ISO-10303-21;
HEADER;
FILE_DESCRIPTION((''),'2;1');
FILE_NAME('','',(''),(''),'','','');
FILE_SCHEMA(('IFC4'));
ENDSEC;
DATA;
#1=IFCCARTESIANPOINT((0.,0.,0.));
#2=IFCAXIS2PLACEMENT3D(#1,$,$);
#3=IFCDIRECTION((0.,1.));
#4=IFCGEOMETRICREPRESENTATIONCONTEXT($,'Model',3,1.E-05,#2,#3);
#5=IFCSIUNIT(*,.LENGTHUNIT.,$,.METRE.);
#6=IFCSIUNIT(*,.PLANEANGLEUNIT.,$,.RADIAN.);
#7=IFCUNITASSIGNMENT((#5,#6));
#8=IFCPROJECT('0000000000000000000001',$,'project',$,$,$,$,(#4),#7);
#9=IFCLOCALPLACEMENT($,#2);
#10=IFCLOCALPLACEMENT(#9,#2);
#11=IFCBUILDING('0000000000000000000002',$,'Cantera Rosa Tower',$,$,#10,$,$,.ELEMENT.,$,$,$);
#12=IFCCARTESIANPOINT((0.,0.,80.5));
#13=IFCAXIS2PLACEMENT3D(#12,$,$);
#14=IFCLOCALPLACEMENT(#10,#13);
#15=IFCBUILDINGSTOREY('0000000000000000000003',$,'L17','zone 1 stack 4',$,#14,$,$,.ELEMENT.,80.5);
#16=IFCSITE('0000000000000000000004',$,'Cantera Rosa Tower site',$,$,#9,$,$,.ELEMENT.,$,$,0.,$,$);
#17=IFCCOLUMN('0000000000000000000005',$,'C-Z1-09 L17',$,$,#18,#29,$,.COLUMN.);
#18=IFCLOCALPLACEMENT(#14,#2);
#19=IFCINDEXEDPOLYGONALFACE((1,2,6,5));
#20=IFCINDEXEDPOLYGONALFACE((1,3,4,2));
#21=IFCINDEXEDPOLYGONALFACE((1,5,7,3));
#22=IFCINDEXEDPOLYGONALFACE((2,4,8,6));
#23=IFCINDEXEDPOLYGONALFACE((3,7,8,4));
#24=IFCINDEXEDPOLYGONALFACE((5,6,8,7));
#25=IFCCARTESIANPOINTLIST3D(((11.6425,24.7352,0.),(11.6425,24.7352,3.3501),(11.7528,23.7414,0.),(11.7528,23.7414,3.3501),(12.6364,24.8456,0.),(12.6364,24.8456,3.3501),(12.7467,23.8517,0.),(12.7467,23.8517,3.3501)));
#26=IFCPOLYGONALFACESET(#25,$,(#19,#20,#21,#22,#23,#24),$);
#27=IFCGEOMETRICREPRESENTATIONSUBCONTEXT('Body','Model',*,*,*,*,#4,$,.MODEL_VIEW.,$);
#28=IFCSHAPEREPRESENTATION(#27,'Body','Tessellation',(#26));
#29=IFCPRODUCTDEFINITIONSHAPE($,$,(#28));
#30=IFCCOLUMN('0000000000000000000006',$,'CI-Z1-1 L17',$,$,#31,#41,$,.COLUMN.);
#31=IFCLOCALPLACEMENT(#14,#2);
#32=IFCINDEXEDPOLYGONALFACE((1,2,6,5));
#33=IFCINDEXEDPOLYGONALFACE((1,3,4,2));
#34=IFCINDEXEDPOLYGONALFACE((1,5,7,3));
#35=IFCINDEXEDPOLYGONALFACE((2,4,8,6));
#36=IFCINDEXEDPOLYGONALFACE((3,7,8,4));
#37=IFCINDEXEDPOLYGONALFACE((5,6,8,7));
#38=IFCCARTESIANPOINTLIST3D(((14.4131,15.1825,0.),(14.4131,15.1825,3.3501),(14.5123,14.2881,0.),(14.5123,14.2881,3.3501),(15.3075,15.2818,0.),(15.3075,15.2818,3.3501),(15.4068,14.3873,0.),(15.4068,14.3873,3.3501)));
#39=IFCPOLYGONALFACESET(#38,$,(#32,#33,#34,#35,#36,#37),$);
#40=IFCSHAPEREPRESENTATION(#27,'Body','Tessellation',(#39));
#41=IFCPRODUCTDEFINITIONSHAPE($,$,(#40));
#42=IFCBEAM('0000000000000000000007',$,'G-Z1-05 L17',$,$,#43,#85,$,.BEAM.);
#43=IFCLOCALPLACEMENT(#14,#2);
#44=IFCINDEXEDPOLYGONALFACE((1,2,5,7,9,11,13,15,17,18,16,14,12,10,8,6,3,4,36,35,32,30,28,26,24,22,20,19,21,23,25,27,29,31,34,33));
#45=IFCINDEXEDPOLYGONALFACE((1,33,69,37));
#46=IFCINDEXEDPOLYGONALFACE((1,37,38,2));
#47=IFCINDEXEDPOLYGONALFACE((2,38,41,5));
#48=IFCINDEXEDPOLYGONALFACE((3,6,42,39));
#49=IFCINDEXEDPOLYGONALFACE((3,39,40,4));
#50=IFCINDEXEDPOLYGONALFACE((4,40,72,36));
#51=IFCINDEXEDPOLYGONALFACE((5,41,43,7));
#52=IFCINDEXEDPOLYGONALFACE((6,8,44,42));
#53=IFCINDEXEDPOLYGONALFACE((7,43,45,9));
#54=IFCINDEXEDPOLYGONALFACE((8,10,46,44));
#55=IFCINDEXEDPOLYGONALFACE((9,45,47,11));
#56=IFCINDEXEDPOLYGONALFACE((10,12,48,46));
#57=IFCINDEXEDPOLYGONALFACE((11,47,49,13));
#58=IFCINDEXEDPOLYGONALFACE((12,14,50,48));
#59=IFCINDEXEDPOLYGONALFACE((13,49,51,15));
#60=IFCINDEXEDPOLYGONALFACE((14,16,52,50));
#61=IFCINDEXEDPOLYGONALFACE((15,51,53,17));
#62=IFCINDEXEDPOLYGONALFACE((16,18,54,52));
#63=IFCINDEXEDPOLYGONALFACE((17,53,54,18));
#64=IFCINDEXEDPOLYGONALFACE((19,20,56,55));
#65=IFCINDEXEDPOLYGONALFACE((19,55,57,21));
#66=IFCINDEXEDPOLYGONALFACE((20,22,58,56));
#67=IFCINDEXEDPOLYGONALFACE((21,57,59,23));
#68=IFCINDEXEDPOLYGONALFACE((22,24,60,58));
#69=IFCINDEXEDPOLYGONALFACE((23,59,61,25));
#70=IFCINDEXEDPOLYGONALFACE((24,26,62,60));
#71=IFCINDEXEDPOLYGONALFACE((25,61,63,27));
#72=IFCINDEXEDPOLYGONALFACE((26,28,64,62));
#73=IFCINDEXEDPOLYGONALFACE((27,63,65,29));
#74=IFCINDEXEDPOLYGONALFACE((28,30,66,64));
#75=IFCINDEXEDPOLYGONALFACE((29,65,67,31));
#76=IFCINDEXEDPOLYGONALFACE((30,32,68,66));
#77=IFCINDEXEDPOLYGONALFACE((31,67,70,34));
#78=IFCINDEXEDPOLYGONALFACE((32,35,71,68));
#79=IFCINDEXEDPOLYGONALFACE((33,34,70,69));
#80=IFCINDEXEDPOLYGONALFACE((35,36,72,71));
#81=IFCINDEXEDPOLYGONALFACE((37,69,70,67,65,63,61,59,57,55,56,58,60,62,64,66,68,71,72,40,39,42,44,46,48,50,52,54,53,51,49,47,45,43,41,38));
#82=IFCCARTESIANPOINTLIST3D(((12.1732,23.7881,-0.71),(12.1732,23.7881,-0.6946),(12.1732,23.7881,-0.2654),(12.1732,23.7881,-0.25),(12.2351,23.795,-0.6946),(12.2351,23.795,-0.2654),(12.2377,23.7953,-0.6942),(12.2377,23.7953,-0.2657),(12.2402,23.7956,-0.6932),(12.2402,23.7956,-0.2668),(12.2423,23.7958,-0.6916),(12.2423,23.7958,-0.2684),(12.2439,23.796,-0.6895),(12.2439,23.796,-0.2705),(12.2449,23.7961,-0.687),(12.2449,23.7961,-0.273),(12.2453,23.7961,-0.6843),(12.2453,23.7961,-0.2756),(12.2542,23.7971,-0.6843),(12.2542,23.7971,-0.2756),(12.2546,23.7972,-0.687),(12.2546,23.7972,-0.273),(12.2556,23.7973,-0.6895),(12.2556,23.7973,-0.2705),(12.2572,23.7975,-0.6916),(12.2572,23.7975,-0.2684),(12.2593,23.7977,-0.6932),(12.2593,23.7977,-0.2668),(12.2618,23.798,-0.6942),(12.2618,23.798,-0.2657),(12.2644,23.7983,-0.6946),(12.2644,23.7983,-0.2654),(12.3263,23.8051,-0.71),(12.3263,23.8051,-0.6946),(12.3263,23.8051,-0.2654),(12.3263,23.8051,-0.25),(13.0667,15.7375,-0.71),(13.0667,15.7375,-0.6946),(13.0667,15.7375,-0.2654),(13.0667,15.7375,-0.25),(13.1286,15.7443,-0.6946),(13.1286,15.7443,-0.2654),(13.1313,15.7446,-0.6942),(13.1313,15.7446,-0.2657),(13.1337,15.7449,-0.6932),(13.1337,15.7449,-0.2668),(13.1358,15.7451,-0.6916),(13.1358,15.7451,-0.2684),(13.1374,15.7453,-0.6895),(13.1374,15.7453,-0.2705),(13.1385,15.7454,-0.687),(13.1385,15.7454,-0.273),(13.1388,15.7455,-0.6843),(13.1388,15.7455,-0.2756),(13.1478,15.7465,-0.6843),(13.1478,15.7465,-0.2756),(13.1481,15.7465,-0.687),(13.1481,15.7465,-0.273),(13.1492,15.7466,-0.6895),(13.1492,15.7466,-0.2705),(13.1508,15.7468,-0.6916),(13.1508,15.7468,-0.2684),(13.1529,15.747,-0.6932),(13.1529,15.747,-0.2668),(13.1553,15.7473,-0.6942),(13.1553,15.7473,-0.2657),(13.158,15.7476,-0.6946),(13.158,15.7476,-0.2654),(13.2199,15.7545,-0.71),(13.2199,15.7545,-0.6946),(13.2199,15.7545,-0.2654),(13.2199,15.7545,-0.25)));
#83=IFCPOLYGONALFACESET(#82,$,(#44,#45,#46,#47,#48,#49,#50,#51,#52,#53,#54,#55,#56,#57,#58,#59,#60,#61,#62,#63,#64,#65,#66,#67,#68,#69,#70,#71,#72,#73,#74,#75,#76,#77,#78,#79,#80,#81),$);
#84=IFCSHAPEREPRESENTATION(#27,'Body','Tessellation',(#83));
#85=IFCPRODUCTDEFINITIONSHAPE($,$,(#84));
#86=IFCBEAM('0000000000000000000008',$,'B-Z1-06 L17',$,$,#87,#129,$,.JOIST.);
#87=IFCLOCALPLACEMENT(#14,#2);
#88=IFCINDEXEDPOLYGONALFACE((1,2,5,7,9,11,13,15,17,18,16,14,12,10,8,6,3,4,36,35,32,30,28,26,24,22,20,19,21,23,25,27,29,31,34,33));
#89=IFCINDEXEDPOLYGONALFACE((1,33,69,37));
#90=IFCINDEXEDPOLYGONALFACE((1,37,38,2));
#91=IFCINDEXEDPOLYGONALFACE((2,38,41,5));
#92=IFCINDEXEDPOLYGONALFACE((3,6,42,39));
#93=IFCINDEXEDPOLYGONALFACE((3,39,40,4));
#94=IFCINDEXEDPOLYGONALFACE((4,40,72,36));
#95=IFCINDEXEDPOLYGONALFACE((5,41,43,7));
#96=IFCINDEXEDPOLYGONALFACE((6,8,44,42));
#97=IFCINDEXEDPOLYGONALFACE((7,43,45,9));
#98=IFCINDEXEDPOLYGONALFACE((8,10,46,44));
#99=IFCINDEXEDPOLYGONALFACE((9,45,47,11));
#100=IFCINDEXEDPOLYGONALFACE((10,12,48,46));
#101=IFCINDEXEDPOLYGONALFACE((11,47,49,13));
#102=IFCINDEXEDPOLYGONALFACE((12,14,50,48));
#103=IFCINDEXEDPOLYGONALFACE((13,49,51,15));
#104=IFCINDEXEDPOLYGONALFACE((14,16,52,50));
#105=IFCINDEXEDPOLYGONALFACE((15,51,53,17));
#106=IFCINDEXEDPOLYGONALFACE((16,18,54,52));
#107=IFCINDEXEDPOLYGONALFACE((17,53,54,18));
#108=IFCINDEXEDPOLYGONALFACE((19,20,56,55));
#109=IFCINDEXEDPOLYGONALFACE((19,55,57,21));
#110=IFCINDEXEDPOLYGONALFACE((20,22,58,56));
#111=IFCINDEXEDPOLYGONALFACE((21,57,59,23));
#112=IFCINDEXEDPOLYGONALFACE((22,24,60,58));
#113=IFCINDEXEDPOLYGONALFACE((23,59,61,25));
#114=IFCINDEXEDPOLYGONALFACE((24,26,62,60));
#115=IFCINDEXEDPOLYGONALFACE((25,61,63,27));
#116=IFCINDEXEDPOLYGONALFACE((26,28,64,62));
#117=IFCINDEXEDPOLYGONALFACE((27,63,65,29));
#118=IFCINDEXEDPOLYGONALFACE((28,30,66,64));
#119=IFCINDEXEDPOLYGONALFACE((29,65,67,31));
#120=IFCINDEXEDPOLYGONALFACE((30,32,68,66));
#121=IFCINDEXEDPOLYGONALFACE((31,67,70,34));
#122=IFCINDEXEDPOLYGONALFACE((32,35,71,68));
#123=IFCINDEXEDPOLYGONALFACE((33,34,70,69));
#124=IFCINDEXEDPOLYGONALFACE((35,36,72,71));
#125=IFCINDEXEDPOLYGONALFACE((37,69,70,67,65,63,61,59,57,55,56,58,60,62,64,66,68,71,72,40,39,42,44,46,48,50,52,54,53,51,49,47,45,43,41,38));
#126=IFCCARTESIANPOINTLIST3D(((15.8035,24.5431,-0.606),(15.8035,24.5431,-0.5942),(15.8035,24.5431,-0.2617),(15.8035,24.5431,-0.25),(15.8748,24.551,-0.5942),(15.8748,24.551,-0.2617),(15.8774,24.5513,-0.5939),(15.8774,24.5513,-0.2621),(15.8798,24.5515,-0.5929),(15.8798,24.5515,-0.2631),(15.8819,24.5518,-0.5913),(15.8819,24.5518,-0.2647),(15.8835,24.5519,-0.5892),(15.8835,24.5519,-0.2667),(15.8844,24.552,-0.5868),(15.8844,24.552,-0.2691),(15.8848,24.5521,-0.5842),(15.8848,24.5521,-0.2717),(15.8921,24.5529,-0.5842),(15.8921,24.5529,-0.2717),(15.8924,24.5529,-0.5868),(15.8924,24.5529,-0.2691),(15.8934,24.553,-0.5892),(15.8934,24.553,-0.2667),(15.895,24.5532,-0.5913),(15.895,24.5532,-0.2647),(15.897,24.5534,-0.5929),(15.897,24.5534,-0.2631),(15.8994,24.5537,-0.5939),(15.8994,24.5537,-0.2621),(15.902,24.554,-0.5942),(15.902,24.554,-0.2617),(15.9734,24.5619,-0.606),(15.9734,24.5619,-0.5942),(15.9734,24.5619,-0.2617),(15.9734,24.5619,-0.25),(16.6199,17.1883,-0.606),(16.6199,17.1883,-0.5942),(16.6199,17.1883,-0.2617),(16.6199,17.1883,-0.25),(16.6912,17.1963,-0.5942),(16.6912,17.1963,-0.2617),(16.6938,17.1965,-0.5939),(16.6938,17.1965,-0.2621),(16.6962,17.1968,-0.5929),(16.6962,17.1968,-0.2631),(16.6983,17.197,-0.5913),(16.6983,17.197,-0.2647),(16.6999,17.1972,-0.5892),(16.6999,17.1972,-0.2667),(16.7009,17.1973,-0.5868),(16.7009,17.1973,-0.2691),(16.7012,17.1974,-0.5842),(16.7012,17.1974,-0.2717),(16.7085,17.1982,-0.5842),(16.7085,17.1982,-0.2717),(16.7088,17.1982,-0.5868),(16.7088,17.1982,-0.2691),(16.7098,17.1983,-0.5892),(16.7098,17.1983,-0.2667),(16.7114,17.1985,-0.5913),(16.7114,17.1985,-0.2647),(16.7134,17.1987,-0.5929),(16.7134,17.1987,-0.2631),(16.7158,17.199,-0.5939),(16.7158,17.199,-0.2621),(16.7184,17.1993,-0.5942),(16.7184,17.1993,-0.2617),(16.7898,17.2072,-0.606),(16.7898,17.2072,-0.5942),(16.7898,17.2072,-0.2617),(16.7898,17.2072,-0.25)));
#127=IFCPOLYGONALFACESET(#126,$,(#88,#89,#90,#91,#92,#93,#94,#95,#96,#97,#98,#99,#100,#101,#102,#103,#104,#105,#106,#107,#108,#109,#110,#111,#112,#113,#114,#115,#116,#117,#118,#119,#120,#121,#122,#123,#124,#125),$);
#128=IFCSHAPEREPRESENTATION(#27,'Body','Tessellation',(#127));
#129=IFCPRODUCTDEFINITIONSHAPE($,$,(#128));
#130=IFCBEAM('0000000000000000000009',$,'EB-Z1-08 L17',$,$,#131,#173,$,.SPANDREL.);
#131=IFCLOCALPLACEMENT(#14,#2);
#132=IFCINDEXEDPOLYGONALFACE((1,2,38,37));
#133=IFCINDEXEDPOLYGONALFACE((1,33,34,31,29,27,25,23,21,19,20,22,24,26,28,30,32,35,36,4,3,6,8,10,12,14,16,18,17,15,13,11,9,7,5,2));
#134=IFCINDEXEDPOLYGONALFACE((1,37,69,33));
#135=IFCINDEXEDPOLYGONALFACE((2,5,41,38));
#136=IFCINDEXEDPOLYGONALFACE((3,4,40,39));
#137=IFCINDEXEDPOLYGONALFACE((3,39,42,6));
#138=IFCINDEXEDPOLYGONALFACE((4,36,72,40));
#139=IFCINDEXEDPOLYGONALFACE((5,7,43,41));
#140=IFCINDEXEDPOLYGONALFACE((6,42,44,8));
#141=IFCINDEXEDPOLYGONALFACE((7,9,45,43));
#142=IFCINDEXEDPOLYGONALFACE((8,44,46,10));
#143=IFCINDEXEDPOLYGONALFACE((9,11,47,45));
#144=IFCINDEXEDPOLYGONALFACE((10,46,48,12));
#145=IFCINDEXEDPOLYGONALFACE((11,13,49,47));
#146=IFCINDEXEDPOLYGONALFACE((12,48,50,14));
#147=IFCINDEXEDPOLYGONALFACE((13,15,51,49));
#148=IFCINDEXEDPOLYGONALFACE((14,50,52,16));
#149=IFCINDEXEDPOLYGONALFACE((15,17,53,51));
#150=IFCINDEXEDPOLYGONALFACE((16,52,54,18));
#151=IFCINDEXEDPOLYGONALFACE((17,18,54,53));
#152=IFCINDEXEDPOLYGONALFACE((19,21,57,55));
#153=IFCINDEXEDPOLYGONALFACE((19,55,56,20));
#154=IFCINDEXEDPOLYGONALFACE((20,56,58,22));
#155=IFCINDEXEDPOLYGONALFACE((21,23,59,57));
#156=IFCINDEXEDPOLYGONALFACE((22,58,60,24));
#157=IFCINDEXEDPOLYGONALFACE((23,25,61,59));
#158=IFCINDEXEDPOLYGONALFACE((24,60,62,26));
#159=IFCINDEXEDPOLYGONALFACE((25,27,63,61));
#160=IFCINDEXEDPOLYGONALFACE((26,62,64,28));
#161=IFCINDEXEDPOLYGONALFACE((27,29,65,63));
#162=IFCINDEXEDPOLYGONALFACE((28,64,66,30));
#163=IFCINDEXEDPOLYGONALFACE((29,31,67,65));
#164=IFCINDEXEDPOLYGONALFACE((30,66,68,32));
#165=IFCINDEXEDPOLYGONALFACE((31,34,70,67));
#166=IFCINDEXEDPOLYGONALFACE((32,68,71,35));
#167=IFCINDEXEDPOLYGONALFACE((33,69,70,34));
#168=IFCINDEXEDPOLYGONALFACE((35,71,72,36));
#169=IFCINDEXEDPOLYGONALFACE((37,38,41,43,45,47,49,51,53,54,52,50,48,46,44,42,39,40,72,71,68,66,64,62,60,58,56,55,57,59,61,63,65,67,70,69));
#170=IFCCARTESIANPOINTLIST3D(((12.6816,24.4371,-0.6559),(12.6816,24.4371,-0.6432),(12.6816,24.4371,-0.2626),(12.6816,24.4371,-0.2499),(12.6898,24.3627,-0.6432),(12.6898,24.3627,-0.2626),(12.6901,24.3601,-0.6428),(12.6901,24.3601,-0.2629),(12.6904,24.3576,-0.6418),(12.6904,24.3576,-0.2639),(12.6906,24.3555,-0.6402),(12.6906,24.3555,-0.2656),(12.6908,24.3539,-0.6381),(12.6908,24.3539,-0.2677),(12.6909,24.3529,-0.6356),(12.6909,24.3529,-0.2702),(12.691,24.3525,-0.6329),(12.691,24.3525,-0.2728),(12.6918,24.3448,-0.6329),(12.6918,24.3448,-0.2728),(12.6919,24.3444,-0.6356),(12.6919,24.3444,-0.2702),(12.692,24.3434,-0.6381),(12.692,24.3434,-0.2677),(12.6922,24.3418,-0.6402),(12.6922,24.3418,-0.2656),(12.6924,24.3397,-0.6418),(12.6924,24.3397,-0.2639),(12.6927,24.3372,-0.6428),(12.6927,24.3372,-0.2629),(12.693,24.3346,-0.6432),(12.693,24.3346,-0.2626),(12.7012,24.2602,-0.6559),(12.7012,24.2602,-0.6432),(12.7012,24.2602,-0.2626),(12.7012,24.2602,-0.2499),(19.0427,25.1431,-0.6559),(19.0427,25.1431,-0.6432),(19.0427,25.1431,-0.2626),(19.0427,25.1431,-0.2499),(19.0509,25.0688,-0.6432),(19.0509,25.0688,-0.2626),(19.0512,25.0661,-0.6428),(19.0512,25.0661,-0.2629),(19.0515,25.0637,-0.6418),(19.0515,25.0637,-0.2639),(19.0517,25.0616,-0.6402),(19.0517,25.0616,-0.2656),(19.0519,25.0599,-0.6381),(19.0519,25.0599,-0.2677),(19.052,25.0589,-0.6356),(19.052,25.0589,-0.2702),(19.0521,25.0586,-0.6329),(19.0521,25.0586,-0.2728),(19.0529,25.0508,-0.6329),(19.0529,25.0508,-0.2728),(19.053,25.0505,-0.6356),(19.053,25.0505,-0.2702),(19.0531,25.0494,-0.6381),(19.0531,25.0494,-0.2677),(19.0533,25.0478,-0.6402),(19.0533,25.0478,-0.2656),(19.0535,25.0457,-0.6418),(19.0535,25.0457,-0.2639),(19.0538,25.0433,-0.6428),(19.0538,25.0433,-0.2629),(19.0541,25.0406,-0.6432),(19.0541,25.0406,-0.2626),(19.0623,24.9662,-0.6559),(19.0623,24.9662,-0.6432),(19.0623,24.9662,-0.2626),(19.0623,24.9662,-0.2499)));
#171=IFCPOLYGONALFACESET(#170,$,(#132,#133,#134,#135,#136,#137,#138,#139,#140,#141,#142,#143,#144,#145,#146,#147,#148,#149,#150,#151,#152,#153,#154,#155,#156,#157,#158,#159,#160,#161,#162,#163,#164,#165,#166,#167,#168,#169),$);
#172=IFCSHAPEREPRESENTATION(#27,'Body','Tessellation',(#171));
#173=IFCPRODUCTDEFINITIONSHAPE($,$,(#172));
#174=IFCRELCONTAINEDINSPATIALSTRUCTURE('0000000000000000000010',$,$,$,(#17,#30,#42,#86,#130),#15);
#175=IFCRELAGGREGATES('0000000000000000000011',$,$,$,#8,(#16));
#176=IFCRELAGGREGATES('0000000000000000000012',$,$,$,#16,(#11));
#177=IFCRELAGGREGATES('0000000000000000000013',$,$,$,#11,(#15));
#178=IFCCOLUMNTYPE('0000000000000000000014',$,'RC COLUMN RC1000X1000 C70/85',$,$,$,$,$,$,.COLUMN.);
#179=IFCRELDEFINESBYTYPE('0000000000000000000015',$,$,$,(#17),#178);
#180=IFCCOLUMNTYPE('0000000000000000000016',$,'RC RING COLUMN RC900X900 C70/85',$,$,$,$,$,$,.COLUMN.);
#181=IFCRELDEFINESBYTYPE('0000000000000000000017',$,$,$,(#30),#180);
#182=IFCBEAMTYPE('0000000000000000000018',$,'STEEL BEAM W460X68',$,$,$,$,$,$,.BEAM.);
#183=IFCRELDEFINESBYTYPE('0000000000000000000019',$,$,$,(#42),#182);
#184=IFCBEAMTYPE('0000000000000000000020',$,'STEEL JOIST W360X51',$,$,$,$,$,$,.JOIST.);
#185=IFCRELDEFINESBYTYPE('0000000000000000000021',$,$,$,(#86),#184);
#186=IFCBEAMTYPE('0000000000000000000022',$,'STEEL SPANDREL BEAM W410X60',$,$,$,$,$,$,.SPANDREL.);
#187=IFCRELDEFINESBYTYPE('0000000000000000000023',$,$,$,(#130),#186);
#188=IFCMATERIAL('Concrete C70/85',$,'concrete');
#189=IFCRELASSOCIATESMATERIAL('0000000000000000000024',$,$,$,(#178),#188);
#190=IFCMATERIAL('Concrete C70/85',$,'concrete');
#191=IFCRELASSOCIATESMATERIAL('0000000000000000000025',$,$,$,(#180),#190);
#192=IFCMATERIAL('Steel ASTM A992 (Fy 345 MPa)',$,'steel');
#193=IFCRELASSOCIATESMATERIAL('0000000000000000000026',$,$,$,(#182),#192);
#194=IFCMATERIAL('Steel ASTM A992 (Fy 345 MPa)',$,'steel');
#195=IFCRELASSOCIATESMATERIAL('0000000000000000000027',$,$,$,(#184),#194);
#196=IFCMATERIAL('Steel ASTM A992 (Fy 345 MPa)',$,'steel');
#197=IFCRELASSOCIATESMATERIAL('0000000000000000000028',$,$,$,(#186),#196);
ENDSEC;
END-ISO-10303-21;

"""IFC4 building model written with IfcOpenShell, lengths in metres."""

from ifc_helpers import new_model, si_unit, direction, frame, origin, origin_2d, place, context, subcontext, project, spatial, rectangle, i_section, extrude, material, material_profile, profile_set, type_object, element, save


model = new_model("IFC4")

# Units and contexts
model_context = context("Model", 3, precision=1e-05, world=origin(), true_north=direction((0.0, 1.0)))
body_context = subcontext(model_context, "Body", "Model", "MODEL_VIEW")
ifc_project = project(units=[si_unit("LENGTHUNIT", "METRE"), si_unit("PLANEANGLEUNIT", "RADIAN")], contexts=[model_context])

# Site, building, storey
site_placement = place(None, origin())
site = spatial("IfcSite", under=ifc_project, at=site_placement, Name="Cantera Rosa Tower site", CompositionType="ELEMENT", RefElevation=0.0)
building_placement = place(site_placement, origin())
building = spatial("IfcBuilding", under=site, at=building_placement, Name="Cantera Rosa Tower", CompositionType="ELEMENT")
storey_placement = place(building_placement, frame((0.0, 0.0, 80.5)))
storey = spatial("IfcBuildingStorey", under=building, at=storey_placement, Name="L17", Description="zone 1 stack 4", CompositionType="ELEMENT", Elevation=80.5)

# Columns
ifc_material_1 = material(Name="Concrete C70/85", Category="concrete")
ifc_material_profile_1 = material_profile(ifc_material_1, rectangle(XDim=1.0, YDim=1.0, at=origin_2d()), Name="RC COLUMN RC1000X1000 C70/85")
ifc_profile_set_1 = profile_set([ifc_material_profile_1], Name="Concrete C70/85")
column_type_1 = type_object("IfcColumnType", Name="RC COLUMN RC1000X1000 C70/85", PredefinedType="COLUMN", material=ifc_profile_set_1)
column_1_placement = place(storey_placement, frame((12.1946, 24.2935, 0.0), z_axis=(0.0, 0.0, 1.0), x_axis=(0.993897, 0.110313, 0.0)))
element("IfcColumn", 1, at=column_1_placement, inside=storey, type_object=column_type_1, Name="C-Z1-09 L17", PredefinedType="COLUMN", context=body_context, shape_type="SweptSolid", body=[
    extrude(rectangle(XDim=1.0, YDim=1.0, at=origin_2d()), origin(), (0.0, 0.0, 1.0), 3.3501),
])
ifc_material_2 = material(Name="Concrete C70/85", Category="concrete")
ifc_material_profile_2 = material_profile(ifc_material_2, rectangle(XDim=0.8999, YDim=0.8999, at=origin_2d()), Name="RC RING COLUMN RC900X900 C70/85")
ifc_profile_set_2 = profile_set([ifc_material_profile_2], Name="Concrete C70/85")
column_type_2 = type_object("IfcColumnType", Name="RC RING COLUMN RC900X900 C70/85", PredefinedType="COLUMN", material=ifc_profile_set_2)
column_2_placement = place(storey_placement, frame((14.9099, 14.7849, 0.0), z_axis=(0.0, 0.0, 1.0), x_axis=(0.993897, 0.110313, 0.0)))
element("IfcColumn", 2, at=column_2_placement, inside=storey, type_object=column_type_2, Name="CI-Z1-1 L17", PredefinedType="COLUMN", context=body_context, shape_type="SweptSolid", body=[
    extrude(rectangle(XDim=0.8999, YDim=0.8999, at=origin_2d()), origin(), (0.0, 0.0, 1.0), 3.3501),
])

# Beams
ifc_material_3 = material(Name="Steel ASTM A992 (Fy 345 MPa)", Category="steel")
ifc_material_profile_3 = material_profile(ifc_material_3, i_section(OverallWidth=0.1541, OverallDepth=0.46, WebThickness=0.009, FlangeThickness=0.0154, FilletRadius=0.0103, at=origin_2d()), Name="W460X68")
ifc_profile_set_3 = profile_set([ifc_material_profile_3], Name="Steel ASTM A992 (Fy 345 MPa)")
beam_type_1 = type_object("IfcBeamType", Name="STEEL BEAM W460X68", PredefinedType="BEAM", material=ifc_profile_set_3)
beam_1_placement = place(storey_placement, frame((12.2498, 23.7966, -0.48), z_axis=(0.110312, -0.993897, 0.0), x_axis=(0.993897, 0.110312, 0.0)))
element("IfcBeam", 3, at=beam_1_placement, inside=storey, type_object=beam_type_1, Name="G-Z1-05 L17", PredefinedType="BEAM", context=body_context, shape_type="SweptSolid", body=[
    extrude(i_section(OverallWidth=0.1541, OverallDepth=0.46, WebThickness=0.009, FlangeThickness=0.0154, FilletRadius=0.0103, at=origin_2d()), origin(), (0.0, 0.0, 1.0), 8.1001),
])
ifc_material_4 = material(Name="Steel ASTM A992 (Fy 345 MPa)", Category="steel")
ifc_material_profile_4 = material_profile(ifc_material_4, i_section(OverallWidth=0.1709, OverallDepth=0.356, WebThickness=0.0073, FlangeThickness=0.0117, FilletRadius=0.01, at=origin_2d()), Name="W360X51")
ifc_profile_set_4 = profile_set([ifc_material_profile_4], Name="Steel ASTM A992 (Fy 345 MPa)")
beam_type_2 = type_object("IfcBeamType", Name="STEEL JOIST W360X51", PredefinedType="JOIST", material=ifc_profile_set_4)
beam_2_placement = place(storey_placement, frame((15.8884, 24.5525, -0.428), z_axis=(0.110327, -0.993895, 0.0), x_axis=(0.993895, 0.110327, 0.0)))
element("IfcBeam", 4, at=beam_2_placement, inside=storey, type_object=beam_type_2, Name="B-Z1-06 L17", PredefinedType="JOIST", context=body_context, shape_type="SweptSolid", body=[
    extrude(i_section(OverallWidth=0.1709, OverallDepth=0.356, WebThickness=0.0073, FlangeThickness=0.0117, FilletRadius=0.01, at=origin_2d()), origin(), (0.0, 0.0, 1.0), 7.3999),
])
ifc_material_5 = material(Name="Steel ASTM A992 (Fy 345 MPa)", Category="steel")
ifc_material_profile_5 = material_profile(ifc_material_5, i_section(OverallWidth=0.178, OverallDepth=0.406, WebThickness=0.0078, FlangeThickness=0.0127, FilletRadius=0.0103, at=origin_2d()), Name="W410X60")
ifc_profile_set_5 = profile_set([ifc_material_profile_5], Name="Steel ASTM A992 (Fy 345 MPa)")
beam_type_3 = type_object("IfcBeamType", Name="STEEL SPANDREL BEAM W410X60", PredefinedType="SPANDREL", material=ifc_profile_set_5)
beam_3_placement = place(storey_placement, frame((19.0525, 25.0547, -0.4529), z_axis=(-0.993896, -0.110318, 0.0), x_axis=(0.110318, -0.993896, 0.0)))
element("IfcBeam", 5, at=beam_3_placement, inside=storey, type_object=beam_type_3, Name="EB-Z1-08 L17", PredefinedType="SPANDREL", context=body_context, shape_type="SweptSolid", body=[
    extrude(i_section(OverallWidth=0.178, OverallDepth=0.406, WebThickness=0.0078, FlangeThickness=0.0127, FilletRadius=0.0103, at=origin_2d()), origin(), (0.0, 0.0, 1.0), 6.4001),
])

save(model, "model.ifc")
